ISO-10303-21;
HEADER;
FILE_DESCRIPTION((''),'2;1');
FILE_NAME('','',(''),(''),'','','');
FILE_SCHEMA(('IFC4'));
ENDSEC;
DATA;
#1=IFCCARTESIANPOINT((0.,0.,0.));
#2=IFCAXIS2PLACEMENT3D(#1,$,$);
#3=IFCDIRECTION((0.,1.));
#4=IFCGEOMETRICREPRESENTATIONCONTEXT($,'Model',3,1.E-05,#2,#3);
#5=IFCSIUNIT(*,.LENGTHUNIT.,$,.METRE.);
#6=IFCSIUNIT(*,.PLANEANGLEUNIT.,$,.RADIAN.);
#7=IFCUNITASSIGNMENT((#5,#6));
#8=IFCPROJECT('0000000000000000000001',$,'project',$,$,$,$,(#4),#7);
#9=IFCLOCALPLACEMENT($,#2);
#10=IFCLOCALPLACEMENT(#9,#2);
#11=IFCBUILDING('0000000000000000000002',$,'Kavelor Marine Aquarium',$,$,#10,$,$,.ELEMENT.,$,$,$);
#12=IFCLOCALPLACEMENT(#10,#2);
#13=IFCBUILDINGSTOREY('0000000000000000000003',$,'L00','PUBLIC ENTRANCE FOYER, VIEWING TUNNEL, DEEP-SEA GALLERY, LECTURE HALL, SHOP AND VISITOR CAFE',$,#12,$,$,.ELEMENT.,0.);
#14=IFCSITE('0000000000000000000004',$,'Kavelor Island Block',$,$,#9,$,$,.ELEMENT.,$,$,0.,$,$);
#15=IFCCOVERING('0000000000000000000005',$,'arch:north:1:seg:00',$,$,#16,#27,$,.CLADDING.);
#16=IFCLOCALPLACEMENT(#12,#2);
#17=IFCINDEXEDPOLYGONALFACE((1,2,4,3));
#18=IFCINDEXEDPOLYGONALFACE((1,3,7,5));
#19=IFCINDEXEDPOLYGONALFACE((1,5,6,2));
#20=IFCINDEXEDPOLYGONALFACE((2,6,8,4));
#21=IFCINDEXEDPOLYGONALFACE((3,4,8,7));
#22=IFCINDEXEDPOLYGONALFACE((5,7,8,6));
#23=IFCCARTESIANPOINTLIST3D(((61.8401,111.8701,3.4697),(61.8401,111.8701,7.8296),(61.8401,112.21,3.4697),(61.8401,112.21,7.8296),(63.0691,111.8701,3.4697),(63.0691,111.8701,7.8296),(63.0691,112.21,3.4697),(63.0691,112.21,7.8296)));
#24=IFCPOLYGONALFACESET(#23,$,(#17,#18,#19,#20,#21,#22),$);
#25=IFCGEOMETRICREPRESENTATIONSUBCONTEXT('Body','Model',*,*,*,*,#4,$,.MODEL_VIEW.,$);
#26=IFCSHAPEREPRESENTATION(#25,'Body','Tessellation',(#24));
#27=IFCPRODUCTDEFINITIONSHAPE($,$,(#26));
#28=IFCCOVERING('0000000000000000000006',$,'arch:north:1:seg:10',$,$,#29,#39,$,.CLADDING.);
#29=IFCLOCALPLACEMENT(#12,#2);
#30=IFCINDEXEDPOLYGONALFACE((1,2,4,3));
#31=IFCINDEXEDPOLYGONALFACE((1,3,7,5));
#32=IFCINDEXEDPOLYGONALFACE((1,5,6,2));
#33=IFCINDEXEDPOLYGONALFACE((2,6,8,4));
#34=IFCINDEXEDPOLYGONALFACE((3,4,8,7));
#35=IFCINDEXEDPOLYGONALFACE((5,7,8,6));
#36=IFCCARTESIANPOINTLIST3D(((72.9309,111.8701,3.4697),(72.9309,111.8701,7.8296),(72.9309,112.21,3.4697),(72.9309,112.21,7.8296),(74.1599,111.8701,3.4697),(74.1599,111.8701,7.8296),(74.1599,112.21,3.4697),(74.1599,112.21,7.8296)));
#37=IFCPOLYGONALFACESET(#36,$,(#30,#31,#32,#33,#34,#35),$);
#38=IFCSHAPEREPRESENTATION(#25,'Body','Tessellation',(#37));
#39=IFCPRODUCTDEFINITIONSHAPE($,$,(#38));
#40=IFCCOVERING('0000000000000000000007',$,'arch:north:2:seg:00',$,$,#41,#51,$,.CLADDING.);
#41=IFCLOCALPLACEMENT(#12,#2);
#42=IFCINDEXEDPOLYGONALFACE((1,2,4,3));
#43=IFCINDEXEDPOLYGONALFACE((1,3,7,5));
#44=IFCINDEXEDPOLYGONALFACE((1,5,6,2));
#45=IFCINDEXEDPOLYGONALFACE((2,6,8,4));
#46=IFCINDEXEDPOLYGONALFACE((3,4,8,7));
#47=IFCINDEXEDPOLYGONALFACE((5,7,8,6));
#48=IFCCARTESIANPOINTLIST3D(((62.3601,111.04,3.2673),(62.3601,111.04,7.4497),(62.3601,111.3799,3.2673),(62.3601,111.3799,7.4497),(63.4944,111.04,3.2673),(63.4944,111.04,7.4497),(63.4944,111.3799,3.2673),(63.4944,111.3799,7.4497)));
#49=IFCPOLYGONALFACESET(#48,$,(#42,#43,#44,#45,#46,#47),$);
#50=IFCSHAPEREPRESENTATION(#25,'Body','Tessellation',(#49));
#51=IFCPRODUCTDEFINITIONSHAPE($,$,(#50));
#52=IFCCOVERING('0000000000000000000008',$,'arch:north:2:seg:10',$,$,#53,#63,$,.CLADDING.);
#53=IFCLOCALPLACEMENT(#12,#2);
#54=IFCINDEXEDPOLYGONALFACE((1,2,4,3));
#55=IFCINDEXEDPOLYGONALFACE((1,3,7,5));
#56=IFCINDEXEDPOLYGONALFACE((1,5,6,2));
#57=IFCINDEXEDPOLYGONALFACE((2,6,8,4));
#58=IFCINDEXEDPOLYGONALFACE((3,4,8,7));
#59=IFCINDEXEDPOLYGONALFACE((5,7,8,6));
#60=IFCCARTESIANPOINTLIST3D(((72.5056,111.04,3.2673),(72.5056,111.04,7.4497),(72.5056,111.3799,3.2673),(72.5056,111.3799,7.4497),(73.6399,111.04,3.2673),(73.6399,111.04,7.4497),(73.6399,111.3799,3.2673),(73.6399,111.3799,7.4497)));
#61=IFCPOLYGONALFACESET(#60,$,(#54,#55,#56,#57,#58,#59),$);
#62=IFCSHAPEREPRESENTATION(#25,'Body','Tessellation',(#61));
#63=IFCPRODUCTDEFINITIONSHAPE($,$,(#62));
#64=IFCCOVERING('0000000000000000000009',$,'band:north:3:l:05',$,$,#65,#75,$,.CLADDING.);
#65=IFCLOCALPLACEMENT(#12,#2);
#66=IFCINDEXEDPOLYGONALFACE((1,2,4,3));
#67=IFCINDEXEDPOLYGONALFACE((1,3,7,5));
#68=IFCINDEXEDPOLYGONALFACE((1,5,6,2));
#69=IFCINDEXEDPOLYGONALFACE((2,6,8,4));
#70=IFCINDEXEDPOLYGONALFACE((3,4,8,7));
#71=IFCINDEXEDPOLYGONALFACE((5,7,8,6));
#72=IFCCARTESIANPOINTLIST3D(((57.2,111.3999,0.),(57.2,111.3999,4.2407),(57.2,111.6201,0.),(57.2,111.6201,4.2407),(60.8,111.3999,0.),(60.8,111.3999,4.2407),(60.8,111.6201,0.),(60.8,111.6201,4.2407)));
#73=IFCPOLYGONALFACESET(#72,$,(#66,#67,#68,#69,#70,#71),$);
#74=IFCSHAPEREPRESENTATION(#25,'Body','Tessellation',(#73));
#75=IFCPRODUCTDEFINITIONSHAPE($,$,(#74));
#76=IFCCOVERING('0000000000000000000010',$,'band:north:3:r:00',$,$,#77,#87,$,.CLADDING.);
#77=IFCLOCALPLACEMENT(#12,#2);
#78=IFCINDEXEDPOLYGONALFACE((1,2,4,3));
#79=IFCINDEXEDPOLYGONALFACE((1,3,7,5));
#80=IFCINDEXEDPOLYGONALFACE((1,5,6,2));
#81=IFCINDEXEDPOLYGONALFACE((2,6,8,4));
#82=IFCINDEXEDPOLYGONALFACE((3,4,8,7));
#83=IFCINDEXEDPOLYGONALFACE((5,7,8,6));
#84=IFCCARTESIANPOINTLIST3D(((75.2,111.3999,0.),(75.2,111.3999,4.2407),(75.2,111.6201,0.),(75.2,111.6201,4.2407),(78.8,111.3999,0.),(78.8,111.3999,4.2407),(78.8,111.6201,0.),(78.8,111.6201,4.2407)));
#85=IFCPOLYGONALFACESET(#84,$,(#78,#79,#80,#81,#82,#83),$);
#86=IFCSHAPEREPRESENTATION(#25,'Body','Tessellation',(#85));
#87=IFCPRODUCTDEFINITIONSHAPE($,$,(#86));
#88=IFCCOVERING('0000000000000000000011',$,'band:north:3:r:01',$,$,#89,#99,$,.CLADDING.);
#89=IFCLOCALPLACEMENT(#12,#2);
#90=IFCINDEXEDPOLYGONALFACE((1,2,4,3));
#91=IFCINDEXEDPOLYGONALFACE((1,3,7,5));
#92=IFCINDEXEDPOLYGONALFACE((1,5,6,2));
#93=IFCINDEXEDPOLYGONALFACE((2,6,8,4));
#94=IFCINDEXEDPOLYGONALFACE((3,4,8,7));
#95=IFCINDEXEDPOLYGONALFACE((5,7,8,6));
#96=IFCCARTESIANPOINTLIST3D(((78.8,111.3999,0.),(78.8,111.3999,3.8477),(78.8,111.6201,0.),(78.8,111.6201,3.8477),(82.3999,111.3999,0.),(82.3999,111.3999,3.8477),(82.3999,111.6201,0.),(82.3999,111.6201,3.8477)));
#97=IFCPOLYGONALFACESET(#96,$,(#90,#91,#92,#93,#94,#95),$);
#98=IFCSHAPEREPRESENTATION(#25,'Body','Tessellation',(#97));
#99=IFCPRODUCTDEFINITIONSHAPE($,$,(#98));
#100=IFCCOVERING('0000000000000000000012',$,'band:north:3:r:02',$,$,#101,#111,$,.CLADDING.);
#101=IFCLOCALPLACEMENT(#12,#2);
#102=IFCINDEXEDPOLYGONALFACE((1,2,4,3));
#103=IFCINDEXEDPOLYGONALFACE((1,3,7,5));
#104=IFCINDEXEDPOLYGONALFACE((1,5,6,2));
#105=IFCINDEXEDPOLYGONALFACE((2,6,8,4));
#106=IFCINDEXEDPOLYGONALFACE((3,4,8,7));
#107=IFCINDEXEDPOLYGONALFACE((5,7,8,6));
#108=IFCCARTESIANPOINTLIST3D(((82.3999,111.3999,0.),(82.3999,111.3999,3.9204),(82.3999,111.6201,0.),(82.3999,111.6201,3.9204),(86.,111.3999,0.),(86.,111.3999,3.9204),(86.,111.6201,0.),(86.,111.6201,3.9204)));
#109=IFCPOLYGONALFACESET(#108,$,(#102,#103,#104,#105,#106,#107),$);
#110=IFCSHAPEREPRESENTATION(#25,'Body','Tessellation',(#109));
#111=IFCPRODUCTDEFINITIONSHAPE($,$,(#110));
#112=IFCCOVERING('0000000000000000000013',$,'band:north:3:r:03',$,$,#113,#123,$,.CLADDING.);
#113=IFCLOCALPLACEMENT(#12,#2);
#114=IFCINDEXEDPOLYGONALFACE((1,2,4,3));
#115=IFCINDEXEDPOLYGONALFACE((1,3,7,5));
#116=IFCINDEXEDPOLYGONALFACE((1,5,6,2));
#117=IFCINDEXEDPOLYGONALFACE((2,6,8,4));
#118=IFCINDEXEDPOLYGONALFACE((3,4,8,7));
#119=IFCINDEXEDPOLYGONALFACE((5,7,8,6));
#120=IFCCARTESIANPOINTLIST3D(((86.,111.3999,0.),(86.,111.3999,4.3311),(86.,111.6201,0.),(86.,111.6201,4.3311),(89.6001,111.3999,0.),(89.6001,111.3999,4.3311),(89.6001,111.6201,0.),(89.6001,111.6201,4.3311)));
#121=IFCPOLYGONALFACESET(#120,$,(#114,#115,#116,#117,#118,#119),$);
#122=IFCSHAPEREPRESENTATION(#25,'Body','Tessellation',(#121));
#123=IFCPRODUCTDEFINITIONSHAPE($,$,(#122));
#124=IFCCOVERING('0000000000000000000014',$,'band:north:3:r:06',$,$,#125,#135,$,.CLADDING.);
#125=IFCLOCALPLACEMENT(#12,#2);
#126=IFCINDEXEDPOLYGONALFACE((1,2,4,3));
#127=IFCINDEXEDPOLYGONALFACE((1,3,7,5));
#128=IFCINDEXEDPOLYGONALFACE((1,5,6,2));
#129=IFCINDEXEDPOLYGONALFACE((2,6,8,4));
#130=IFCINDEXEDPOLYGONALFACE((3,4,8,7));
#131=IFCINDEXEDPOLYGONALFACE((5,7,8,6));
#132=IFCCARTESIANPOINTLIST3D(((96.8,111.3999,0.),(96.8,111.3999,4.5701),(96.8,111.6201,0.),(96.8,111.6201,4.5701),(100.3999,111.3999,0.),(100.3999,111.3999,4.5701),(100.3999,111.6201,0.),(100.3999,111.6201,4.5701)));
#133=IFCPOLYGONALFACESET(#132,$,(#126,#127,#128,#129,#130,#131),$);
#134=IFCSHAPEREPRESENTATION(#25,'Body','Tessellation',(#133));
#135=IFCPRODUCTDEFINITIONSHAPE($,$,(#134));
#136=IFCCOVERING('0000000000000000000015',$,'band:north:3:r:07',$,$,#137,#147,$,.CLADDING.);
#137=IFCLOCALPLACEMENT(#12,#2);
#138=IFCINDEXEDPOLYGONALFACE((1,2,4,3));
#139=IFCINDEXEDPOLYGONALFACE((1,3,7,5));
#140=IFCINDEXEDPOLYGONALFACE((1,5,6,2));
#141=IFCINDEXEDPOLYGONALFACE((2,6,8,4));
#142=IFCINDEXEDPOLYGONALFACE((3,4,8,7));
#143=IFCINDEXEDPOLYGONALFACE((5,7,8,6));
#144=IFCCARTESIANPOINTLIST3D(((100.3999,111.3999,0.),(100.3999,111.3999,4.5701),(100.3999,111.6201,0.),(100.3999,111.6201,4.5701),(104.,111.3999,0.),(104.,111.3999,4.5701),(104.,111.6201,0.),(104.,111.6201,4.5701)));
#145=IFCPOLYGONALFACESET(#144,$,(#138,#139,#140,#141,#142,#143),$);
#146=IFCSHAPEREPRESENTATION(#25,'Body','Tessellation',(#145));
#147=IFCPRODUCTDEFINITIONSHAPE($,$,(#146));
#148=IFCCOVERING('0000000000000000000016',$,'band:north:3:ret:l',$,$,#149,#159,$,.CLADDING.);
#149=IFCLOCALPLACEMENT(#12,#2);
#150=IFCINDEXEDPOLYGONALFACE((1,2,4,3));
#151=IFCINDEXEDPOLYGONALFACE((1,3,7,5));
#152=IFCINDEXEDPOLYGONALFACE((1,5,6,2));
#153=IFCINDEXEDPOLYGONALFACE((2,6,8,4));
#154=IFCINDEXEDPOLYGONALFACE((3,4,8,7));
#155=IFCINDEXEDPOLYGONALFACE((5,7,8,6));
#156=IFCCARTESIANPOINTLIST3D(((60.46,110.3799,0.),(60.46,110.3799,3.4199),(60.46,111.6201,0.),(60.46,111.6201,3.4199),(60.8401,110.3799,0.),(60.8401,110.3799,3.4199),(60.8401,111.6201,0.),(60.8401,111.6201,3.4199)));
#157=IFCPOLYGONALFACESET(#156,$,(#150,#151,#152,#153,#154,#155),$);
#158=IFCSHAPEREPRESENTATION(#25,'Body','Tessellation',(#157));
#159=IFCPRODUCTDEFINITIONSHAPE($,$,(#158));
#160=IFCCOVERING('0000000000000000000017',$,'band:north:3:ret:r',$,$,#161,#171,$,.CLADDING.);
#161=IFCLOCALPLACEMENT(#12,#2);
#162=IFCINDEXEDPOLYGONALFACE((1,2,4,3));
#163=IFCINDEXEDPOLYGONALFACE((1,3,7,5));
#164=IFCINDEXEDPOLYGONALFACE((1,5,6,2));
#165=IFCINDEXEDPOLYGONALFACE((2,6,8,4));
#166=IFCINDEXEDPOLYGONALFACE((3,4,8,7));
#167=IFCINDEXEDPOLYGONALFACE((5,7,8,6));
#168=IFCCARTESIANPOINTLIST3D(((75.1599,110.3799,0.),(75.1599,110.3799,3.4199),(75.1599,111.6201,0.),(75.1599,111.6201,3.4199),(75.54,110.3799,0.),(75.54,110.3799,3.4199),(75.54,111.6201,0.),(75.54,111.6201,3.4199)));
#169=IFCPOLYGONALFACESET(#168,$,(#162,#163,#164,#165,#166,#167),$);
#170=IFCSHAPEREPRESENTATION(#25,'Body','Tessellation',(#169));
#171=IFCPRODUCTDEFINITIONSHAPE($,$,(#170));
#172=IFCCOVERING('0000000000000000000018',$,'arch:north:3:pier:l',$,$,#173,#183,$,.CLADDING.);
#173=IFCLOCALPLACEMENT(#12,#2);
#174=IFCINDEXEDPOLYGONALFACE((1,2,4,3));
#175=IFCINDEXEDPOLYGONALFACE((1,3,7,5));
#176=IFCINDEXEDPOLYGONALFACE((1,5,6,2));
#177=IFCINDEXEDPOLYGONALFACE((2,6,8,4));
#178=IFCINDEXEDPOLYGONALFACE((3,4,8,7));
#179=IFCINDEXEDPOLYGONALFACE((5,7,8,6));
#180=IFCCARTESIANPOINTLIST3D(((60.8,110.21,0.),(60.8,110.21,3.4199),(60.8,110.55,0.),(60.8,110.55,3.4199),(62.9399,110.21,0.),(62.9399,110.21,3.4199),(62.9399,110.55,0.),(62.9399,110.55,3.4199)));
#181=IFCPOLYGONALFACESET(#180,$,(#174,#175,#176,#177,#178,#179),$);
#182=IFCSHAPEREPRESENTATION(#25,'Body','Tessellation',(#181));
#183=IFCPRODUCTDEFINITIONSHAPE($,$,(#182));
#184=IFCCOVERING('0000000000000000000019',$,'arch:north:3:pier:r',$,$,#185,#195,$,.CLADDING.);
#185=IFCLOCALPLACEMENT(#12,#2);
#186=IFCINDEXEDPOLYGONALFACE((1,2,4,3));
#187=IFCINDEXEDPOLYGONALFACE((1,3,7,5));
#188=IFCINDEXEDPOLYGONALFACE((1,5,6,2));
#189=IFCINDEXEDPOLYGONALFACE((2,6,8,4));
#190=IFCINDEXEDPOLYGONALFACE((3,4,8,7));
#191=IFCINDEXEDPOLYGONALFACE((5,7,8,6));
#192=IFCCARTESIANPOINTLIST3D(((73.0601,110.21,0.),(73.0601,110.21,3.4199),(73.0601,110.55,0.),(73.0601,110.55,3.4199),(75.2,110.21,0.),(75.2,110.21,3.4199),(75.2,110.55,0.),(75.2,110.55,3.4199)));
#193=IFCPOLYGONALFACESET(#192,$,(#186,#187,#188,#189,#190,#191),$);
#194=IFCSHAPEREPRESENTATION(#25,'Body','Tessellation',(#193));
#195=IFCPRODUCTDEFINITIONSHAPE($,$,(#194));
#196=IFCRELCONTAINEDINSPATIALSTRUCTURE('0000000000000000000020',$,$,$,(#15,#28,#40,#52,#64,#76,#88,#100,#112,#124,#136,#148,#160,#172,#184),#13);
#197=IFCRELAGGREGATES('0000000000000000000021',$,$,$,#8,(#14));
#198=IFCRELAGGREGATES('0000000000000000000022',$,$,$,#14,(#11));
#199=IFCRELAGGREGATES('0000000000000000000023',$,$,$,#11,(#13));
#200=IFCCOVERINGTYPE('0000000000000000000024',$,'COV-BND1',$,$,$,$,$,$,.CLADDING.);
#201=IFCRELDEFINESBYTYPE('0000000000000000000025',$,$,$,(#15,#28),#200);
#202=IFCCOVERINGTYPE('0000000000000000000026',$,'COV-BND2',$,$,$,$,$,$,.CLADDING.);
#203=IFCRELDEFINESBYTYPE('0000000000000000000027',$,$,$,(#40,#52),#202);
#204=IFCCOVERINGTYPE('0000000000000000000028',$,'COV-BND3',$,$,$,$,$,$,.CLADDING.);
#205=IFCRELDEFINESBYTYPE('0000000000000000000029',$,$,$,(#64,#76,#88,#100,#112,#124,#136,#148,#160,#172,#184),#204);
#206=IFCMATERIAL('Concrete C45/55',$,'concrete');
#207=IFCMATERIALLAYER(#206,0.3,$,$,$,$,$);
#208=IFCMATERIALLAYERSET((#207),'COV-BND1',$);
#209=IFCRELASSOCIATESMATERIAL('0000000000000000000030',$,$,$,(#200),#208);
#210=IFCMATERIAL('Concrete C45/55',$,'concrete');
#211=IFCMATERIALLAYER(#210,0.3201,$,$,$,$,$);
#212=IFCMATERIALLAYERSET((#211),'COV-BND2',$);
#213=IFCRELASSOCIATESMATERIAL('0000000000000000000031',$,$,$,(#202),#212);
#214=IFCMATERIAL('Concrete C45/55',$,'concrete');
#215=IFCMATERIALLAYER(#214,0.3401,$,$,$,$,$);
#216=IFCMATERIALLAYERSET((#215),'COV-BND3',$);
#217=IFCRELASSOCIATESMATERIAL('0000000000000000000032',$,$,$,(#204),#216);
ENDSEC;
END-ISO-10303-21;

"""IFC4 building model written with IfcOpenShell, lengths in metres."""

from ifc_helpers import new_model, si_unit, direction, frame, origin, place, context, subcontext, project, spatial, polyline, outline, extrude, material, layer, layer_set, type_object, element, save


model = new_model("IFC4")

# Units and contexts
model_context = context("Model", 3, precision=1e-05, world=origin(), true_north=direction((0.0, 1.0)))
body_context = subcontext(model_context, "Body", "Model", "MODEL_VIEW")
ifc_project = project(units=[si_unit("LENGTHUNIT", "METRE"), si_unit("PLANEANGLEUNIT", "RADIAN")], contexts=[model_context])

# Site, building, storey
site_placement = place(None, origin())
site = spatial("IfcSite", under=ifc_project, at=site_placement, Name="Kavelor Island Block", CompositionType="ELEMENT", RefElevation=0.0)
building_placement = place(site_placement, origin())
building = spatial("IfcBuilding", under=site, at=building_placement, Name="Kavelor Marine Aquarium", CompositionType="ELEMENT")
storey_placement = place(building_placement, origin())
storey = spatial("IfcBuildingStorey", under=building, at=storey_placement, Name="L00", Description="PUBLIC ENTRANCE FOYER, VIEWING TUNNEL, DEEP-SEA GALLERY, LECTURE HALL, SHOP AND VISITOR CAFE", CompositionType="ELEMENT", Elevation=0.0)

# Coverings
ifc_material_1 = material(Name="Concrete C45/55", Category="concrete")
ifc_layer_1 = layer(ifc_material_1, 0.3)
ifc_layer_set_1 = layer_set([ifc_layer_1], Name="COV-BND1")
covering_type_1 = type_object("IfcCoveringType", Name="COV-BND1", PredefinedType="CLADDING", material=ifc_layer_set_1)
covering_1_placement = place(storey_placement, frame((0.0, 0.0, 3.4697)))
element("IfcCovering", 1, at=covering_1_placement, inside=storey, type_object=covering_type_1, Name="arch:north:1:seg:00", PredefinedType="CLADDING", context=body_context, shape_type="SweptSolid", body=[
    extrude(outline(polyline([(61.8401, 111.8701), (63.0691, 111.8701), (63.0691, 112.21), (61.8401, 112.21), (61.8401, 111.8701)])), origin(), (0.0, 0.0, 1.0), 4.3599),
])
covering_2_placement = place(storey_placement, frame((0.0, 0.0, 3.4697)))
element("IfcCovering", 2, at=covering_2_placement, inside=storey, type_object=covering_type_1, Name="arch:north:1:seg:10", PredefinedType="CLADDING", context=body_context, shape_type="SweptSolid", body=[
    extrude(outline(polyline([(72.9309, 111.8701), (74.1599, 111.8701), (74.1599, 112.21), (72.9309, 112.21), (72.9309, 111.8701)])), origin(), (0.0, 0.0, 1.0), 4.3599),
])
ifc_material_2 = material(Name="Concrete C45/55", Category="concrete")
ifc_layer_2 = layer(ifc_material_2, 0.3201)
ifc_layer_set_2 = layer_set([ifc_layer_2], Name="COV-BND2")
covering_type_2 = type_object("IfcCoveringType", Name="COV-BND2", PredefinedType="CLADDING", material=ifc_layer_set_2)
covering_3_placement = place(storey_placement, frame((0.0, 0.0, 3.2673)))
element("IfcCovering", 3, at=covering_3_placement, inside=storey, type_object=covering_type_2, Name="arch:north:2:seg:00", PredefinedType="CLADDING", context=body_context, shape_type="SweptSolid", body=[
    extrude(outline(polyline([(62.3601, 111.04), (63.4944, 111.04), (63.4944, 111.3799), (62.3601, 111.3799), (62.3601, 111.04)])), origin(), (0.0, 0.0, 1.0), 4.1824),
])
covering_4_placement = place(storey_placement, frame((0.0, 0.0, 3.2673)))
element("IfcCovering", 4, at=covering_4_placement, inside=storey, type_object=covering_type_2, Name="arch:north:2:seg:10", PredefinedType="CLADDING", context=body_context, shape_type="SweptSolid", body=[
    extrude(outline(polyline([(72.5056, 111.04), (73.6399, 111.04), (73.6399, 111.3799), (72.5056, 111.3799), (72.5056, 111.04)])), origin(), (0.0, 0.0, 1.0), 4.1824),
])
ifc_material_3 = material(Name="Concrete C45/55", Category="concrete")
ifc_layer_3 = layer(ifc_material_3, 0.3401)
ifc_layer_set_3 = layer_set([ifc_layer_3], Name="COV-BND3")
covering_type_3 = type_object("IfcCoveringType", Name="COV-BND3", PredefinedType="CLADDING", material=ifc_layer_set_3)
covering_5_placement = place(storey_placement, origin())
element("IfcCovering", 5, at=covering_5_placement, inside=storey, type_object=covering_type_3, Name="band:north:3:l:05", PredefinedType="CLADDING", context=body_context, shape_type="SweptSolid", body=[
    extrude(outline(polyline([(57.2, 111.3999), (60.8, 111.3999), (60.8, 111.6201), (57.2, 111.6201), (57.2, 111.3999)])), origin(), (0.0, 0.0, 1.0), 4.2407),
])
covering_6_placement = place(storey_placement, origin())
element("IfcCovering", 6, at=covering_6_placement, inside=storey, type_object=covering_type_3, Name="band:north:3:r:00", PredefinedType="CLADDING", context=body_context, shape_type="SweptSolid", body=[
    extrude(outline(polyline([(75.2, 111.3999), (78.8, 111.3999), (78.8, 111.6201), (75.2, 111.6201), (75.2, 111.3999)])), origin(), (0.0, 0.0, 1.0), 4.2407),
])
covering_7_placement = place(storey_placement, origin())
element("IfcCovering", 7, at=covering_7_placement, inside=storey, type_object=covering_type_3, Name="band:north:3:r:01", PredefinedType="CLADDING", context=body_context, shape_type="SweptSolid", body=[
    extrude(outline(polyline([(78.8, 111.3999), (82.3999, 111.3999), (82.3999, 111.6201), (78.8, 111.6201), (78.8, 111.3999)])), origin(), (0.0, 0.0, 1.0), 3.8477),
])
covering_8_placement = place(storey_placement, origin())
element("IfcCovering", 8, at=covering_8_placement, inside=storey, type_object=covering_type_3, Name="band:north:3:r:02", PredefinedType="CLADDING", context=body_context, shape_type="SweptSolid", body=[
    extrude(outline(polyline([(82.3999, 111.3999), (86.0, 111.3999), (86.0, 111.6201), (82.3999, 111.6201), (82.3999, 111.3999)])), origin(), (0.0, 0.0, 1.0), 3.9204),
])
covering_9_placement = place(storey_placement, origin())
element("IfcCovering", 9, at=covering_9_placement, inside=storey, type_object=covering_type_3, Name="band:north:3:r:03", PredefinedType="CLADDING", context=body_context, shape_type="SweptSolid", body=[
    extrude(outline(polyline([(86.0, 111.3999), (89.6001, 111.3999), (89.6001, 111.6201), (86.0, 111.6201), (86.0, 111.3999)])), origin(), (0.0, 0.0, 1.0), 4.3311),
])
covering_10_placement = place(storey_placement, origin())
element("IfcCovering", 10, at=covering_10_placement, inside=storey, type_object=covering_type_3, Name="band:north:3:r:06", PredefinedType="CLADDING", context=body_context, shape_type="SweptSolid", body=[
    extrude(outline(polyline([(96.8, 111.3999), (100.3999, 111.3999), (100.3999, 111.6201), (96.8, 111.6201), (96.8, 111.3999)])), origin(), (0.0, 0.0, 1.0), 4.5701),
])
covering_11_placement = place(storey_placement, origin())
element("IfcCovering", 11, at=covering_11_placement, inside=storey, type_object=covering_type_3, Name="band:north:3:r:07", PredefinedType="CLADDING", context=body_context, shape_type="SweptSolid", body=[
    extrude(outline(polyline([(100.3999, 111.3999), (104.0, 111.3999), (104.0, 111.6201), (100.3999, 111.6201), (100.3999, 111.3999)])), origin(), (0.0, 0.0, 1.0), 4.5701),
])
covering_12_placement = place(storey_placement, origin())
element("IfcCovering", 12, at=covering_12_placement, inside=storey, type_object=covering_type_3, Name="band:north:3:ret:l", PredefinedType="CLADDING", context=body_context, shape_type="SweptSolid", body=[
    extrude(outline(polyline([(60.46, 110.3799), (60.8401, 110.3799), (60.8401, 111.6201), (60.46, 111.6201), (60.46, 110.3799)])), origin(), (0.0, 0.0, 1.0), 3.4199),
])
covering_13_placement = place(storey_placement, origin())
element("IfcCovering", 13, at=covering_13_placement, inside=storey, type_object=covering_type_3, Name="band:north:3:ret:r", PredefinedType="CLADDING", context=body_context, shape_type="SweptSolid", body=[
    extrude(outline(polyline([(75.1599, 110.3799), (75.54, 110.3799), (75.54, 111.6201), (75.1599, 111.6201), (75.1599, 110.3799)])), origin(), (0.0, 0.0, 1.0), 3.4199),
])
covering_14_placement = place(storey_placement, origin())
element("IfcCovering", 14, at=covering_14_placement, inside=storey, type_object=covering_type_3, Name="arch:north:3:pier:l", PredefinedType="CLADDING", context=body_context, shape_type="SweptSolid", body=[
    extrude(outline(polyline([(60.8, 110.21), (62.9399, 110.21), (62.9399, 110.55), (60.8, 110.55), (60.8, 110.21)])), origin(), (0.0, 0.0, 1.0), 3.4199),
])
covering_15_placement = place(storey_placement, origin())
element("IfcCovering", 15, at=covering_15_placement, inside=storey, type_object=covering_type_3, Name="arch:north:3:pier:r", PredefinedType="CLADDING", context=body_context, shape_type="SweptSolid", body=[
    extrude(outline(polyline([(73.0601, 110.21), (75.2, 110.21), (75.2, 110.55), (73.0601, 110.55), (73.0601, 110.21)])), origin(), (0.0, 0.0, 1.0), 3.4199),
])

save(model, "model.ifc")
